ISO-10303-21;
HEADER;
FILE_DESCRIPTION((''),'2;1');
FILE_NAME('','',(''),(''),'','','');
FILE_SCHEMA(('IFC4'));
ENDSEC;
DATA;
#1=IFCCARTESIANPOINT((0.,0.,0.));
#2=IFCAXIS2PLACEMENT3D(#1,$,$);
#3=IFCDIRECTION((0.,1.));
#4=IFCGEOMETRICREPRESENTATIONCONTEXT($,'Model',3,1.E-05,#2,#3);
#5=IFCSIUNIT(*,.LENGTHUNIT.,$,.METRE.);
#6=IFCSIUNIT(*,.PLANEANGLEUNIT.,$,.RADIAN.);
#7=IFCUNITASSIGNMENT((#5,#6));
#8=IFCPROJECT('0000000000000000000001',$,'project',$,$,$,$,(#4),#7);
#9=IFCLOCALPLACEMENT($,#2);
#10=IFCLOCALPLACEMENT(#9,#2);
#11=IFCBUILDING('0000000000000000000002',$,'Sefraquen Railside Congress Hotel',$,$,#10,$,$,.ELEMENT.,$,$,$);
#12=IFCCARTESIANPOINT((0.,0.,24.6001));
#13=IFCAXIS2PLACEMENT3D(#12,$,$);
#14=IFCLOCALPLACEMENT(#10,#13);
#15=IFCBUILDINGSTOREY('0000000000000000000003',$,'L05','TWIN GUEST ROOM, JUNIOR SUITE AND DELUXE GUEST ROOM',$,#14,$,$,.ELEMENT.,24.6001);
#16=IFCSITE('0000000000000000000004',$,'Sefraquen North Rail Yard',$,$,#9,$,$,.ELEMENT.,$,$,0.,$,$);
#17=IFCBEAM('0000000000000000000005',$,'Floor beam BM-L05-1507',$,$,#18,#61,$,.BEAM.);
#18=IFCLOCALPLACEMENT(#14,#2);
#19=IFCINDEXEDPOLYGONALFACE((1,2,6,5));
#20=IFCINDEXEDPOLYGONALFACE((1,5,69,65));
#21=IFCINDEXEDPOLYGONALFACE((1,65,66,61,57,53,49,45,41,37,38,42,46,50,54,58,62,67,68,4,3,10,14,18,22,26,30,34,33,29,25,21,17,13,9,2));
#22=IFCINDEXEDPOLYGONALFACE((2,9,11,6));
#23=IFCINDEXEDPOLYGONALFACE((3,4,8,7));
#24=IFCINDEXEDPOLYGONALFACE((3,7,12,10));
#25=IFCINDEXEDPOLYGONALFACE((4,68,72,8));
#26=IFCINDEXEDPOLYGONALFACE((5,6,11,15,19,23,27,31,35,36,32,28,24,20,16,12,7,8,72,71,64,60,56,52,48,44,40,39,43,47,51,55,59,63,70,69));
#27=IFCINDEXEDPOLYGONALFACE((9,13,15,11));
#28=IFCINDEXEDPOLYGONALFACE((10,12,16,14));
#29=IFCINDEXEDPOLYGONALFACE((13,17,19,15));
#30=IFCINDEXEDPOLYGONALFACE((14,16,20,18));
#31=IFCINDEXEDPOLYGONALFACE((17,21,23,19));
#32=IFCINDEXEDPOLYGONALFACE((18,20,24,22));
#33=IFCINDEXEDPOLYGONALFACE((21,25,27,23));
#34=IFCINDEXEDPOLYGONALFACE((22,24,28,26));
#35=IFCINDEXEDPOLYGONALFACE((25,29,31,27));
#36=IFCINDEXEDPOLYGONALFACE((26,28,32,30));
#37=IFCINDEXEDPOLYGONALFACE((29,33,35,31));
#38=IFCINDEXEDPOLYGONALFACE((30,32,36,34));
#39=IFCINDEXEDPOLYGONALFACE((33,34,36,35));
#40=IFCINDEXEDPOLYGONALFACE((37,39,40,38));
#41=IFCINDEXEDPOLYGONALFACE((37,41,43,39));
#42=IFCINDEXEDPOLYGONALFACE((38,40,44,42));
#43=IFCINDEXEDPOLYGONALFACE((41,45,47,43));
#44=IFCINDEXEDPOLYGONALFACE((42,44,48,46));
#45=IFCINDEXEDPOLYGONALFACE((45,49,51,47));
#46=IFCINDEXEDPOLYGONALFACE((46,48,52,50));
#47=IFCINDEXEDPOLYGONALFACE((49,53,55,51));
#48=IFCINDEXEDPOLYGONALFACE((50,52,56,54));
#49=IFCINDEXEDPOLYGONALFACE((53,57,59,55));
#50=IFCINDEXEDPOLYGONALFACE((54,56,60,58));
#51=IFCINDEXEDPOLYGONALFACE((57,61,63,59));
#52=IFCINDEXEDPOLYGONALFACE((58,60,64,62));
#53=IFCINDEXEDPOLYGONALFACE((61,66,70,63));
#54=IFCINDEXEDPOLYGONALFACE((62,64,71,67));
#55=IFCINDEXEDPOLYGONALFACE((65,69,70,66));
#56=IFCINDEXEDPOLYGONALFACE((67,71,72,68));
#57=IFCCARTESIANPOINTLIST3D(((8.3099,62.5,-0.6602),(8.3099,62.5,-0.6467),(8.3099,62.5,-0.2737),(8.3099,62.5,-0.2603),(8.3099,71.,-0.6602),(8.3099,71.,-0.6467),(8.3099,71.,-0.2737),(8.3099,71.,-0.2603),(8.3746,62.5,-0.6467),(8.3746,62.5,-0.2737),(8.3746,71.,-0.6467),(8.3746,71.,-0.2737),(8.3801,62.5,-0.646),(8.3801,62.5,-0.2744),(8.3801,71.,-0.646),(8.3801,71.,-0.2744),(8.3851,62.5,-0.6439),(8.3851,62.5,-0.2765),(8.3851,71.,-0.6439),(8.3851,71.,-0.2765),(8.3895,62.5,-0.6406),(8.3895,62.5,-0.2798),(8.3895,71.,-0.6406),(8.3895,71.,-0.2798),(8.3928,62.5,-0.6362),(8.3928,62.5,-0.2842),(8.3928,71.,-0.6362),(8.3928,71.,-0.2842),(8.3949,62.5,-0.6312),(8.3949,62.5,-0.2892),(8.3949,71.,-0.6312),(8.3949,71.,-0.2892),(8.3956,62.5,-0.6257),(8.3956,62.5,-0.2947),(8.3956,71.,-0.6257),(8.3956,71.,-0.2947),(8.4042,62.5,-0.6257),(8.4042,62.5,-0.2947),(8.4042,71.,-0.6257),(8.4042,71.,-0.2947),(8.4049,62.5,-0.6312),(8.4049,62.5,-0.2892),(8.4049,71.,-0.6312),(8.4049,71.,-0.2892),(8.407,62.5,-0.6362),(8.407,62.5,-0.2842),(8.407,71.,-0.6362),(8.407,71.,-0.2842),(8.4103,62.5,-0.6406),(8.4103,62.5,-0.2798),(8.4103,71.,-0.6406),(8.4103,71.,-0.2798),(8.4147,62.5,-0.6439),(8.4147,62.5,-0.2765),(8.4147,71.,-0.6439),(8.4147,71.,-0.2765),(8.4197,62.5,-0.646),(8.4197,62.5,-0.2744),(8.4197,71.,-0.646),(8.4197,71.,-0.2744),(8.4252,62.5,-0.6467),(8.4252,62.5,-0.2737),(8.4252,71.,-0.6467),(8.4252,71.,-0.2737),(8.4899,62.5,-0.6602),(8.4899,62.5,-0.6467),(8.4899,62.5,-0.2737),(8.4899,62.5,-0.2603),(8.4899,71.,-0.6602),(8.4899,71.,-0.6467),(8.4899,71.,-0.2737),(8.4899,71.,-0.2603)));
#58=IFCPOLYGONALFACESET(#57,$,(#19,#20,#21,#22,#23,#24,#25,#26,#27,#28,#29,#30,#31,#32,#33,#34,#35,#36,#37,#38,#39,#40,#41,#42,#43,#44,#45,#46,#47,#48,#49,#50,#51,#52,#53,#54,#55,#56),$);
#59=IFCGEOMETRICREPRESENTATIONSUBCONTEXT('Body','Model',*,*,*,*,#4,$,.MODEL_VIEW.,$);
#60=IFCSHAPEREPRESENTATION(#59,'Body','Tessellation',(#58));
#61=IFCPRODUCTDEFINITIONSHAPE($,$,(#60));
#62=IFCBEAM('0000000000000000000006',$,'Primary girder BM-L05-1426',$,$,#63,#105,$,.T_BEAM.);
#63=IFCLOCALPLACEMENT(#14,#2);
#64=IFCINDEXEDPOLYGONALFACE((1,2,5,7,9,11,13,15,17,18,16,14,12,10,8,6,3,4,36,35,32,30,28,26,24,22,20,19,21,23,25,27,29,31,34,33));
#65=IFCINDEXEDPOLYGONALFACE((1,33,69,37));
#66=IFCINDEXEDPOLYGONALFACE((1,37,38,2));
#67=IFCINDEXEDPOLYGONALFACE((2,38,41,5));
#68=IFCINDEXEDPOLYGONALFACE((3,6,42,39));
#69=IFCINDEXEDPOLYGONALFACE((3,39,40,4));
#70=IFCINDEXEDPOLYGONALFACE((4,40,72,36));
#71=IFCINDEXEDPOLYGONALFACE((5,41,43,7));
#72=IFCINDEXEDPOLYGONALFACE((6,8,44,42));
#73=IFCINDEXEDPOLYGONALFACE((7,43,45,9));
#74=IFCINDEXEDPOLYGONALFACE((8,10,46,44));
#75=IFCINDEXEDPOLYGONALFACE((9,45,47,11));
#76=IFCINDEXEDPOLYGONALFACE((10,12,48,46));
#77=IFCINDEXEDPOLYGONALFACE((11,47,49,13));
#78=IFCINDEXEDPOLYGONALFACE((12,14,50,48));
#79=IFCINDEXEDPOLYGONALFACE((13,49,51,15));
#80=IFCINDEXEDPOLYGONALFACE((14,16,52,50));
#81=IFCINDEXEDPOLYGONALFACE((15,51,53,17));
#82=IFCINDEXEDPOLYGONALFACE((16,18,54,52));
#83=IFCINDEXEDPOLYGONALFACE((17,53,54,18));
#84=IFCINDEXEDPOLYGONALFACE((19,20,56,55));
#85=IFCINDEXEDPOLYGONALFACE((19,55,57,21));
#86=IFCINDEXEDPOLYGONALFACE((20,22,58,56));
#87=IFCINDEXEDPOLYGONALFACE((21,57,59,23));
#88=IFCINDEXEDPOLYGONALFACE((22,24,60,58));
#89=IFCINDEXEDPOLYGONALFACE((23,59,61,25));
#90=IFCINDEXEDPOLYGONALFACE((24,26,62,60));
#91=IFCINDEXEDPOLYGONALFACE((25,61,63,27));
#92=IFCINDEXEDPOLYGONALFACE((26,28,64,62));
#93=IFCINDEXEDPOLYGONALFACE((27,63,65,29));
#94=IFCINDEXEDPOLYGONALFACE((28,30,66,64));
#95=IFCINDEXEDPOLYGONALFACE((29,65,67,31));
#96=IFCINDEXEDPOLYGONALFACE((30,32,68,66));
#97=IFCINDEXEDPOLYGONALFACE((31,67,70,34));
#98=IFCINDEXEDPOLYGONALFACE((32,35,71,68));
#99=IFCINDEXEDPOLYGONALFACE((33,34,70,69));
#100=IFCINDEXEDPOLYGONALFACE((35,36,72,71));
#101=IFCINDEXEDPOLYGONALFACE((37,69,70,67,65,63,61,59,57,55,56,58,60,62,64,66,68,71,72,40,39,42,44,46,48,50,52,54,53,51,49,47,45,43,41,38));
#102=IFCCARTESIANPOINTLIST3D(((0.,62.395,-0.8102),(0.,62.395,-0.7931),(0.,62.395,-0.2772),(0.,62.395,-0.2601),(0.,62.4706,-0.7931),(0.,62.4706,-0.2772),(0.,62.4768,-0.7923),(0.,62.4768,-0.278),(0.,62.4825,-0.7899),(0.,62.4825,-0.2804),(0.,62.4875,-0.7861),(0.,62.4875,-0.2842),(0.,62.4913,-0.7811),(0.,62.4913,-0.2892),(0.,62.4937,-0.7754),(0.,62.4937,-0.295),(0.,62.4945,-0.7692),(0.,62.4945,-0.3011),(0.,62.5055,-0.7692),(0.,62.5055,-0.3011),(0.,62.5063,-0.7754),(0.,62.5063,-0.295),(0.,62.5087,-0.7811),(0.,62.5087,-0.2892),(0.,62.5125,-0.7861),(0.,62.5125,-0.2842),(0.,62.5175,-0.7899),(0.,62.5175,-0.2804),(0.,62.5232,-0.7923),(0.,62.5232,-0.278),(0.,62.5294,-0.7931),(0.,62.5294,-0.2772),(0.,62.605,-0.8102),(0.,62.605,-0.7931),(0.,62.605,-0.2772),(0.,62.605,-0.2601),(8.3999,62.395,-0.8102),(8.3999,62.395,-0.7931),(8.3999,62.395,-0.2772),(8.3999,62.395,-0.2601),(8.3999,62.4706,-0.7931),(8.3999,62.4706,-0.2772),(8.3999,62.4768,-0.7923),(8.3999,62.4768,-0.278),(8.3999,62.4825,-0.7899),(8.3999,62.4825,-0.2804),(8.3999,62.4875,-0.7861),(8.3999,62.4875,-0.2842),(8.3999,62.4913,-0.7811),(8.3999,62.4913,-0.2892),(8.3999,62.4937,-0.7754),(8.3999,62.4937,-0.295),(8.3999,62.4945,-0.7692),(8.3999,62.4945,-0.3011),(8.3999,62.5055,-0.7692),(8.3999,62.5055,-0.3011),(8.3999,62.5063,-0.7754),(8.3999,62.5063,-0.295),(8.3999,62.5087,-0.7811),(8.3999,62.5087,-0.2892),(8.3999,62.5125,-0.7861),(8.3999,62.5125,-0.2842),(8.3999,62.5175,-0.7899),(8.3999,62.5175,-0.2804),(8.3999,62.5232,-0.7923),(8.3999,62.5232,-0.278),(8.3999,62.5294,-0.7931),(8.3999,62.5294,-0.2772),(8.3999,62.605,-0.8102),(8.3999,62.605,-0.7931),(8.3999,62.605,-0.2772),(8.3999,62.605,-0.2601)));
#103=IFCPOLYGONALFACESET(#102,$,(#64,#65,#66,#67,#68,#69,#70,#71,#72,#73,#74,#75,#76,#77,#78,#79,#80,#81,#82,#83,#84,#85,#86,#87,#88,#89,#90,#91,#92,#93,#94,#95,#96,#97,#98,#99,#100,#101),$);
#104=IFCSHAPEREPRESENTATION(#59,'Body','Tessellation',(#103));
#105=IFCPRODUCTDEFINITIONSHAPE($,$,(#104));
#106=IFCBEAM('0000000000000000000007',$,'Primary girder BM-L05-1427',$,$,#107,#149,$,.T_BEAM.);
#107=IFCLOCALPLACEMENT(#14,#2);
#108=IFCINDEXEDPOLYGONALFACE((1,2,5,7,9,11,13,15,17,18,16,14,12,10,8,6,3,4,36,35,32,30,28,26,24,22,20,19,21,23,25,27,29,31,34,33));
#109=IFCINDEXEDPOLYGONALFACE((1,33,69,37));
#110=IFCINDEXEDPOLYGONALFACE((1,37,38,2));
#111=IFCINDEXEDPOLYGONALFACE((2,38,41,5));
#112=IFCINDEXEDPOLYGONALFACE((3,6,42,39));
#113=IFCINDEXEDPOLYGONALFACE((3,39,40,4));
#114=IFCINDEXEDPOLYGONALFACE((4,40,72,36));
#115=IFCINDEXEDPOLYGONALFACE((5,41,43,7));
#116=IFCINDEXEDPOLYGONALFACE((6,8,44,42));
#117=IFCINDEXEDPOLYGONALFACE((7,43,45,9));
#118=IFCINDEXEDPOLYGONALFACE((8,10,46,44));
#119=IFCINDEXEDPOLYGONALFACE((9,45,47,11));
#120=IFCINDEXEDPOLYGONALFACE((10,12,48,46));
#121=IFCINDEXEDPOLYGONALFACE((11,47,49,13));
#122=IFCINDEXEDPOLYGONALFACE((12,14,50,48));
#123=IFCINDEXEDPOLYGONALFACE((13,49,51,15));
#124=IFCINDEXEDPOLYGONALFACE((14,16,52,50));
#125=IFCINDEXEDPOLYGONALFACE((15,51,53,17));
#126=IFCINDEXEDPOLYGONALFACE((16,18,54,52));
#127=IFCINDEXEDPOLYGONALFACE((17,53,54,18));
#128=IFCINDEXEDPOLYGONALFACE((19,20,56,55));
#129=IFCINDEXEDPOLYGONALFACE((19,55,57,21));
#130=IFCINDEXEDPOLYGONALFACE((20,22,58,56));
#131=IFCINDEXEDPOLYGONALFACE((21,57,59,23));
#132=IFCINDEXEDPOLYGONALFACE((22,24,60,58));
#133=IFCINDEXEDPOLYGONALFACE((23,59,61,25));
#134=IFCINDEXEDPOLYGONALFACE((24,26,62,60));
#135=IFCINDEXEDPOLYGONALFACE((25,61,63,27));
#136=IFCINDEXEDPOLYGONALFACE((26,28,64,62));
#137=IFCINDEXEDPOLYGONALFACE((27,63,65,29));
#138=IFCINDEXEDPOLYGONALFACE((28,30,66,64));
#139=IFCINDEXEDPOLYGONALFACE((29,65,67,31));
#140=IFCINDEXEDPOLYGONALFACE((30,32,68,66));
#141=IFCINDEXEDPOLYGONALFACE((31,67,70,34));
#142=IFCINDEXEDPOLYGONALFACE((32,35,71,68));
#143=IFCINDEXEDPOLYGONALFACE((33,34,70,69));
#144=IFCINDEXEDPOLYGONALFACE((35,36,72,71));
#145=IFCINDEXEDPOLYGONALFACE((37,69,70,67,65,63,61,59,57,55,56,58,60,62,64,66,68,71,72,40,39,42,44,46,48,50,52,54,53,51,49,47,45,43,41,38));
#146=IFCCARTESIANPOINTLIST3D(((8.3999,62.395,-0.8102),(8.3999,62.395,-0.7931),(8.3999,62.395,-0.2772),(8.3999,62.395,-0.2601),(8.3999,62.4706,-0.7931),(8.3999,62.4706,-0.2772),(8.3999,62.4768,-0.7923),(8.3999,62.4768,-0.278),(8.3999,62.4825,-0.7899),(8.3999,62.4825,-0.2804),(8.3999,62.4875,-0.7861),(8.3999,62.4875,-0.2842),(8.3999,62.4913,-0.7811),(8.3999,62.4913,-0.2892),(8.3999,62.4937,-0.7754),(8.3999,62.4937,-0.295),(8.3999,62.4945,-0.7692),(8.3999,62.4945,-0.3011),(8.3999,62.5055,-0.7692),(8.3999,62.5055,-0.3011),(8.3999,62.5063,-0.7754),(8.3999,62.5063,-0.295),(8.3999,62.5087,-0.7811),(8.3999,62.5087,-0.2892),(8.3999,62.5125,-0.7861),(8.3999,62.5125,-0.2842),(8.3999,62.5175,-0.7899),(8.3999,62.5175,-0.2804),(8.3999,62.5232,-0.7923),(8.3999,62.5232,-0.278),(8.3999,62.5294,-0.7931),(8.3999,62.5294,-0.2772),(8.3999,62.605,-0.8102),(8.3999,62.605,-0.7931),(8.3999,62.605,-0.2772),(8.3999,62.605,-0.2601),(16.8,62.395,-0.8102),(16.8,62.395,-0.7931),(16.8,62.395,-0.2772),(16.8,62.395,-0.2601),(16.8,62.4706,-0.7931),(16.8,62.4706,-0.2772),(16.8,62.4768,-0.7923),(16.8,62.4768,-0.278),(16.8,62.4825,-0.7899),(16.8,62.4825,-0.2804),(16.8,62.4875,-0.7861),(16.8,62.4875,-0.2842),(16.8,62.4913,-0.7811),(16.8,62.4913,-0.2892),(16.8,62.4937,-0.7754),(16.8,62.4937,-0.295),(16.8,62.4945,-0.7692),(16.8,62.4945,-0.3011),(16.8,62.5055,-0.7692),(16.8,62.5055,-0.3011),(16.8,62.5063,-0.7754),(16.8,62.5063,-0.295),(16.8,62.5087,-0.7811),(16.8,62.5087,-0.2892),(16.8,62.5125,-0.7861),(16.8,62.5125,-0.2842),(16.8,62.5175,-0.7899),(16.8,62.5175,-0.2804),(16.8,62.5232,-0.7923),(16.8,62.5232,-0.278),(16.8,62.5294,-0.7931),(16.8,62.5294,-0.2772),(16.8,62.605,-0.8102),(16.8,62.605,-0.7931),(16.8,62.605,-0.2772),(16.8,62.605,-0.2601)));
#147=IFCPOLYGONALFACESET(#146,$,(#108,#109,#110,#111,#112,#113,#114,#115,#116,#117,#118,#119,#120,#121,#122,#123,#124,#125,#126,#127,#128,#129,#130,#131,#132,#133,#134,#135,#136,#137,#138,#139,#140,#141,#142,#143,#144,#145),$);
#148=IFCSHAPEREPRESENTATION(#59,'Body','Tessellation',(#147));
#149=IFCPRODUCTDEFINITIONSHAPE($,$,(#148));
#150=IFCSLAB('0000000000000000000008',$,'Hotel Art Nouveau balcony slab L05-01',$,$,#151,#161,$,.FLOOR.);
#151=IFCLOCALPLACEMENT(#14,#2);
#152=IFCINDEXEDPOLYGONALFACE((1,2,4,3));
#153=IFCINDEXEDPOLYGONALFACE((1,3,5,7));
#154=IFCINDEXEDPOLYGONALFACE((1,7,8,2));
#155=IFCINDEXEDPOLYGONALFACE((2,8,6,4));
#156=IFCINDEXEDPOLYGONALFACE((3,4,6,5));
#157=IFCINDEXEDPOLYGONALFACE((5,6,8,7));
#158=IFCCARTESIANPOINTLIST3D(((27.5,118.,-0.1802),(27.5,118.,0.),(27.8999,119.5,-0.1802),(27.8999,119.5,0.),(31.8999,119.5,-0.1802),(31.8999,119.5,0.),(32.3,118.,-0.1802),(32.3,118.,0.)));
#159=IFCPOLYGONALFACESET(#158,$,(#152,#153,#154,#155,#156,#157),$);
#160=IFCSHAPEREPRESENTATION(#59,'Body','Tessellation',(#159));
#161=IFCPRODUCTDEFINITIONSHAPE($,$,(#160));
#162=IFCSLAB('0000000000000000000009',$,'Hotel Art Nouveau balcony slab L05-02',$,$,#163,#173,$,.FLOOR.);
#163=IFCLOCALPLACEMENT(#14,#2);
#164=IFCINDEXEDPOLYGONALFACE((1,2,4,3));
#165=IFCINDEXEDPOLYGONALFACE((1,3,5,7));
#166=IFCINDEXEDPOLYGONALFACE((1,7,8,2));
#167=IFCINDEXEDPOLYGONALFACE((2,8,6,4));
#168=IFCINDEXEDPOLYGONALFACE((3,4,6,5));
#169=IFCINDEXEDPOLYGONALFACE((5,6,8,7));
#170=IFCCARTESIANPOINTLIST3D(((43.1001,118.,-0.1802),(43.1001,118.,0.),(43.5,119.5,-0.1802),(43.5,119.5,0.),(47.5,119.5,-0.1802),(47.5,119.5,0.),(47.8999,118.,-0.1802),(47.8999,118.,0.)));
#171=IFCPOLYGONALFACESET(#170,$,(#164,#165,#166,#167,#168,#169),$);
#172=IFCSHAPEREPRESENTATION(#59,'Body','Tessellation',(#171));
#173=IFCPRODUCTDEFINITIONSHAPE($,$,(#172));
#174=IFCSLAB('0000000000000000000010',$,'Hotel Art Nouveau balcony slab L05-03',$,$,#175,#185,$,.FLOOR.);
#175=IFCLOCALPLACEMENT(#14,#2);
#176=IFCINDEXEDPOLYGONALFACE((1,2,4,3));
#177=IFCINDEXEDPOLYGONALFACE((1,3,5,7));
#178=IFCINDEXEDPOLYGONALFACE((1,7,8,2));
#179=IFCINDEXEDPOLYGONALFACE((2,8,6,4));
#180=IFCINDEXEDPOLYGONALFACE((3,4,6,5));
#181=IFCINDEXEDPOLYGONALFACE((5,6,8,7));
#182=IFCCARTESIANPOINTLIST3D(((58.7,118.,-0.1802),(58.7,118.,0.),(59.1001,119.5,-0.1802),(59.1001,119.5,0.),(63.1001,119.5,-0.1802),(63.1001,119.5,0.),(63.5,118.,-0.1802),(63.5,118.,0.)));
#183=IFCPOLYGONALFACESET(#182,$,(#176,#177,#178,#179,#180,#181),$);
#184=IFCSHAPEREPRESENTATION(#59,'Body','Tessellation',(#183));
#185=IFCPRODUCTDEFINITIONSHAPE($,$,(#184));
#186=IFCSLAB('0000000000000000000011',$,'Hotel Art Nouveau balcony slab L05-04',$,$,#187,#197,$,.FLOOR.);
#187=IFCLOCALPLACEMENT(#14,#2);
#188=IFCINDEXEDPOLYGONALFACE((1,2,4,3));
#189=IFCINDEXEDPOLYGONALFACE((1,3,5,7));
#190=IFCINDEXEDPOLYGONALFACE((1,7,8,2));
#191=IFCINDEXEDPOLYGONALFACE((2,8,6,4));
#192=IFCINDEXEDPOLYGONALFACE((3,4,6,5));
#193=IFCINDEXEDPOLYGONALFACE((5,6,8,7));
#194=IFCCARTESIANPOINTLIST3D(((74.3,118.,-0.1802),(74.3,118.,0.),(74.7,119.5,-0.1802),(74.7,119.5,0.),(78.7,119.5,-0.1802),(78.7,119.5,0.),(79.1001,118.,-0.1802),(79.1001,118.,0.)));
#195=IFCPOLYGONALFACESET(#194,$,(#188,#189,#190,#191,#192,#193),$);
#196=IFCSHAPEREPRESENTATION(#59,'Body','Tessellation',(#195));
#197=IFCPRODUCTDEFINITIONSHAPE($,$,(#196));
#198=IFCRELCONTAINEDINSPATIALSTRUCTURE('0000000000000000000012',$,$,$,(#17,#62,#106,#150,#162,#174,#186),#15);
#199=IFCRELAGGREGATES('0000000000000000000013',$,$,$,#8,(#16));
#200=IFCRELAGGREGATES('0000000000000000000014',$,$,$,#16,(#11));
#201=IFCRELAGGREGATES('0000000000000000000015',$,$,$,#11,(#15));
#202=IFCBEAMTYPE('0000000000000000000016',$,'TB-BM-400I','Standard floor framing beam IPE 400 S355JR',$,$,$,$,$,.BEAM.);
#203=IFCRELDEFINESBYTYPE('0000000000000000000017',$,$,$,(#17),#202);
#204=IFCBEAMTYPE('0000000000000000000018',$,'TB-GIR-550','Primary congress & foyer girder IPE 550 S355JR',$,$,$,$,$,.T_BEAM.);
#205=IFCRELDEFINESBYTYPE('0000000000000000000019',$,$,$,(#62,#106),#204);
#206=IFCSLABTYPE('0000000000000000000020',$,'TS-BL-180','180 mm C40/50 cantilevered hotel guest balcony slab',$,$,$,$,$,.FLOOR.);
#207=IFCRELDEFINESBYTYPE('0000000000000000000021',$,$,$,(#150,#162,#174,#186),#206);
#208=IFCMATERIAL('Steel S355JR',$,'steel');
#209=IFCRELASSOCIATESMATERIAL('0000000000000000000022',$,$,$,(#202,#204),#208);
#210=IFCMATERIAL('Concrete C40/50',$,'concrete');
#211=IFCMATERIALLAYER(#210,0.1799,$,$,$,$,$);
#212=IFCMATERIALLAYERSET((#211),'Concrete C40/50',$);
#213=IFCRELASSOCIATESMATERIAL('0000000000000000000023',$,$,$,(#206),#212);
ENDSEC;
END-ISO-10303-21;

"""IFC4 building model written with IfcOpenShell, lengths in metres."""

from ifc_helpers import new_model, si_unit, direction, frame, origin, origin_2d, place, context, subcontext, project, spatial, polyline, i_section, outline, extrude, material, layer, layer_set, material_profile, profile_set, type_object, element, save


model = new_model("IFC4")

# Units and contexts
model_context = context("Model", 3, precision=1e-05, world=origin(), true_north=direction((0.0, 1.0)))
body_context = subcontext(model_context, "Body", "Model", "MODEL_VIEW")
ifc_project = project(units=[si_unit("LENGTHUNIT", "METRE"), si_unit("PLANEANGLEUNIT", "RADIAN")], contexts=[model_context])

# Site, building, storey
site_placement = place(None, origin())
site = spatial("IfcSite", under=ifc_project, at=site_placement, Name="Sefraquen North Rail Yard", CompositionType="ELEMENT", RefElevation=0.0)
building_placement = place(site_placement, origin())
building = spatial("IfcBuilding", under=site, at=building_placement, Name="Sefraquen Railside Congress Hotel", CompositionType="ELEMENT")
storey_placement = place(building_placement, frame((0.0, 0.0, 24.6001)))
storey = spatial("IfcBuildingStorey", under=building, at=storey_placement, Name="L05", Description="TWIN GUEST ROOM, JUNIOR SUITE AND DELUXE GUEST ROOM", CompositionType="ELEMENT", Elevation=24.6001)

# Shared definitions
ifc_material_1 = material(Name="Steel S355JR", Category="steel")

# Beams
ifc_material_profile_1 = material_profile(ifc_material_1, i_section(OverallWidth=0.1799, OverallDepth=0.3999, WebThickness=0.0085, FlangeThickness=0.0134, FilletRadius=0.021, at=origin_2d()), Name="IPE 400")
ifc_profile_set_1 = profile_set([ifc_material_profile_1], Name="Steel S355JR")
beam_type_1 = type_object("IfcBeamType", Name="TB-BM-400I", Description="Standard floor framing beam IPE 400 S355JR", PredefinedType="BEAM", material=ifc_profile_set_1)
for number, where, z_axis, x_axis, name in (
    (1, (8.3999, 62.5, -0.4602), (0.0, 1.0, 0.0), (-1.0, 0.0, 0.0), "Floor beam BM-L05-1507"),
):
    element("IfcBeam", number, at=place(storey_placement, frame(where, z_axis=z_axis, x_axis=x_axis)), inside=storey, type_object=beam_type_1, Name=name, PredefinedType="BEAM", context=body_context, shape_type="SweptSolid", body=[
        extrude(i_section(OverallWidth=0.1799, OverallDepth=0.3999, WebThickness=0.0085, FlangeThickness=0.0134, FilletRadius=0.021, at=origin_2d()), origin(), (0.0, 0.0, 1.0), 8.5),
    ])
ifc_material_profile_2 = material_profile(ifc_material_1, i_section(OverallWidth=0.21, OverallDepth=0.55, WebThickness=0.011, FlangeThickness=0.0171, FilletRadius=0.0239, at=origin_2d()), Name="IPE 550")
ifc_profile_set_2 = profile_set([ifc_material_profile_2], Name="Steel S355JR")
beam_type_2 = type_object("IfcBeamType", Name="TB-GIR-550", Description="Primary congress & foyer girder IPE 550 S355JR", PredefinedType="T_BEAM", material=ifc_profile_set_2)
beam_1_placement = place(storey_placement, frame((0.0, 62.5, -0.5352), z_axis=(1.0, 0.0, 0.0), x_axis=(0.0, 1.0, 0.0)))
element("IfcBeam", 2, at=beam_1_placement, inside=storey, type_object=beam_type_2, Name="Primary girder BM-L05-1426", PredefinedType="T_BEAM", context=body_context, shape_type="SweptSolid", body=[
    extrude(i_section(OverallWidth=0.21, OverallDepth=0.55, WebThickness=0.011, FlangeThickness=0.0171, FilletRadius=0.0239, at=origin_2d()), origin(), (0.0, 0.0, 1.0), 8.3999),
])
beam_2_placement = place(storey_placement, frame((8.3999, 62.5, -0.5352), z_axis=(1.0, 0.0, 0.0), x_axis=(0.0, 1.0, 0.0)))
element("IfcBeam", 3, at=beam_2_placement, inside=storey, type_object=beam_type_2, Name="Primary girder BM-L05-1427", PredefinedType="T_BEAM", context=body_context, shape_type="SweptSolid", body=[
    extrude(i_section(OverallWidth=0.21, OverallDepth=0.55, WebThickness=0.011, FlangeThickness=0.0171, FilletRadius=0.0239, at=origin_2d()), origin(), (0.0, 0.0, 1.0), 8.4001),
])

# Slabs
ifc_material_2 = material(Name="Concrete C40/50", Category="concrete")
ifc_layer_1 = layer(ifc_material_2, 0.1799)
ifc_layer_set_1 = layer_set([ifc_layer_1], Name="Concrete C40/50")
slab_type_1 = type_object("IfcSlabType", Name="TS-BL-180", Description="180 mm C40/50 cantilevered hotel guest balcony slab", PredefinedType="FLOOR", material=ifc_layer_set_1)
slab_1_placement = place(storey_placement, frame((0.0, 0.0, -0.1802)))
element("IfcSlab", 4, at=slab_1_placement, inside=storey, type_object=slab_type_1, Name="Hotel Art Nouveau balcony slab L05-01", PredefinedType="FLOOR", context=body_context, shape_type="SweptSolid", body=[
    extrude(outline(polyline([(27.5, 118.0), (32.3, 118.0), (31.8999, 119.5), (27.8999, 119.5), (27.5, 118.0)])), origin(), (0.0, 0.0, 1.0), 0.1802),
])
slab_2_placement = place(storey_placement, frame((0.0, 0.0, -0.1802)))
element("IfcSlab", 5, at=slab_2_placement, inside=storey, type_object=slab_type_1, Name="Hotel Art Nouveau balcony slab L05-02", PredefinedType="FLOOR", context=body_context, shape_type="SweptSolid", body=[
    extrude(outline(polyline([(43.1001, 118.0), (47.8999, 118.0), (47.5, 119.5), (43.5, 119.5), (43.1001, 118.0)])), origin(), (0.0, 0.0, 1.0), 0.1802),
])
slab_3_placement = place(storey_placement, frame((0.0, 0.0, -0.1802)))
element("IfcSlab", 6, at=slab_3_placement, inside=storey, type_object=slab_type_1, Name="Hotel Art Nouveau balcony slab L05-03", PredefinedType="FLOOR", context=body_context, shape_type="SweptSolid", body=[
    extrude(outline(polyline([(58.7, 118.0), (63.5, 118.0), (63.1001, 119.5), (59.1001, 119.5), (58.7, 118.0)])), origin(), (0.0, 0.0, 1.0), 0.1802),
])
slab_4_placement = place(storey_placement, frame((0.0, 0.0, -0.1802)))
element("IfcSlab", 7, at=slab_4_placement, inside=storey, type_object=slab_type_1, Name="Hotel Art Nouveau balcony slab L05-04", PredefinedType="FLOOR", context=body_context, shape_type="SweptSolid", body=[
    extrude(outline(polyline([(74.3, 118.0), (79.1001, 118.0), (78.7, 119.5), (74.7, 119.5), (74.3, 118.0)])), origin(), (0.0, 0.0, 1.0), 0.1802),
])

save(model, "model.ifc")
